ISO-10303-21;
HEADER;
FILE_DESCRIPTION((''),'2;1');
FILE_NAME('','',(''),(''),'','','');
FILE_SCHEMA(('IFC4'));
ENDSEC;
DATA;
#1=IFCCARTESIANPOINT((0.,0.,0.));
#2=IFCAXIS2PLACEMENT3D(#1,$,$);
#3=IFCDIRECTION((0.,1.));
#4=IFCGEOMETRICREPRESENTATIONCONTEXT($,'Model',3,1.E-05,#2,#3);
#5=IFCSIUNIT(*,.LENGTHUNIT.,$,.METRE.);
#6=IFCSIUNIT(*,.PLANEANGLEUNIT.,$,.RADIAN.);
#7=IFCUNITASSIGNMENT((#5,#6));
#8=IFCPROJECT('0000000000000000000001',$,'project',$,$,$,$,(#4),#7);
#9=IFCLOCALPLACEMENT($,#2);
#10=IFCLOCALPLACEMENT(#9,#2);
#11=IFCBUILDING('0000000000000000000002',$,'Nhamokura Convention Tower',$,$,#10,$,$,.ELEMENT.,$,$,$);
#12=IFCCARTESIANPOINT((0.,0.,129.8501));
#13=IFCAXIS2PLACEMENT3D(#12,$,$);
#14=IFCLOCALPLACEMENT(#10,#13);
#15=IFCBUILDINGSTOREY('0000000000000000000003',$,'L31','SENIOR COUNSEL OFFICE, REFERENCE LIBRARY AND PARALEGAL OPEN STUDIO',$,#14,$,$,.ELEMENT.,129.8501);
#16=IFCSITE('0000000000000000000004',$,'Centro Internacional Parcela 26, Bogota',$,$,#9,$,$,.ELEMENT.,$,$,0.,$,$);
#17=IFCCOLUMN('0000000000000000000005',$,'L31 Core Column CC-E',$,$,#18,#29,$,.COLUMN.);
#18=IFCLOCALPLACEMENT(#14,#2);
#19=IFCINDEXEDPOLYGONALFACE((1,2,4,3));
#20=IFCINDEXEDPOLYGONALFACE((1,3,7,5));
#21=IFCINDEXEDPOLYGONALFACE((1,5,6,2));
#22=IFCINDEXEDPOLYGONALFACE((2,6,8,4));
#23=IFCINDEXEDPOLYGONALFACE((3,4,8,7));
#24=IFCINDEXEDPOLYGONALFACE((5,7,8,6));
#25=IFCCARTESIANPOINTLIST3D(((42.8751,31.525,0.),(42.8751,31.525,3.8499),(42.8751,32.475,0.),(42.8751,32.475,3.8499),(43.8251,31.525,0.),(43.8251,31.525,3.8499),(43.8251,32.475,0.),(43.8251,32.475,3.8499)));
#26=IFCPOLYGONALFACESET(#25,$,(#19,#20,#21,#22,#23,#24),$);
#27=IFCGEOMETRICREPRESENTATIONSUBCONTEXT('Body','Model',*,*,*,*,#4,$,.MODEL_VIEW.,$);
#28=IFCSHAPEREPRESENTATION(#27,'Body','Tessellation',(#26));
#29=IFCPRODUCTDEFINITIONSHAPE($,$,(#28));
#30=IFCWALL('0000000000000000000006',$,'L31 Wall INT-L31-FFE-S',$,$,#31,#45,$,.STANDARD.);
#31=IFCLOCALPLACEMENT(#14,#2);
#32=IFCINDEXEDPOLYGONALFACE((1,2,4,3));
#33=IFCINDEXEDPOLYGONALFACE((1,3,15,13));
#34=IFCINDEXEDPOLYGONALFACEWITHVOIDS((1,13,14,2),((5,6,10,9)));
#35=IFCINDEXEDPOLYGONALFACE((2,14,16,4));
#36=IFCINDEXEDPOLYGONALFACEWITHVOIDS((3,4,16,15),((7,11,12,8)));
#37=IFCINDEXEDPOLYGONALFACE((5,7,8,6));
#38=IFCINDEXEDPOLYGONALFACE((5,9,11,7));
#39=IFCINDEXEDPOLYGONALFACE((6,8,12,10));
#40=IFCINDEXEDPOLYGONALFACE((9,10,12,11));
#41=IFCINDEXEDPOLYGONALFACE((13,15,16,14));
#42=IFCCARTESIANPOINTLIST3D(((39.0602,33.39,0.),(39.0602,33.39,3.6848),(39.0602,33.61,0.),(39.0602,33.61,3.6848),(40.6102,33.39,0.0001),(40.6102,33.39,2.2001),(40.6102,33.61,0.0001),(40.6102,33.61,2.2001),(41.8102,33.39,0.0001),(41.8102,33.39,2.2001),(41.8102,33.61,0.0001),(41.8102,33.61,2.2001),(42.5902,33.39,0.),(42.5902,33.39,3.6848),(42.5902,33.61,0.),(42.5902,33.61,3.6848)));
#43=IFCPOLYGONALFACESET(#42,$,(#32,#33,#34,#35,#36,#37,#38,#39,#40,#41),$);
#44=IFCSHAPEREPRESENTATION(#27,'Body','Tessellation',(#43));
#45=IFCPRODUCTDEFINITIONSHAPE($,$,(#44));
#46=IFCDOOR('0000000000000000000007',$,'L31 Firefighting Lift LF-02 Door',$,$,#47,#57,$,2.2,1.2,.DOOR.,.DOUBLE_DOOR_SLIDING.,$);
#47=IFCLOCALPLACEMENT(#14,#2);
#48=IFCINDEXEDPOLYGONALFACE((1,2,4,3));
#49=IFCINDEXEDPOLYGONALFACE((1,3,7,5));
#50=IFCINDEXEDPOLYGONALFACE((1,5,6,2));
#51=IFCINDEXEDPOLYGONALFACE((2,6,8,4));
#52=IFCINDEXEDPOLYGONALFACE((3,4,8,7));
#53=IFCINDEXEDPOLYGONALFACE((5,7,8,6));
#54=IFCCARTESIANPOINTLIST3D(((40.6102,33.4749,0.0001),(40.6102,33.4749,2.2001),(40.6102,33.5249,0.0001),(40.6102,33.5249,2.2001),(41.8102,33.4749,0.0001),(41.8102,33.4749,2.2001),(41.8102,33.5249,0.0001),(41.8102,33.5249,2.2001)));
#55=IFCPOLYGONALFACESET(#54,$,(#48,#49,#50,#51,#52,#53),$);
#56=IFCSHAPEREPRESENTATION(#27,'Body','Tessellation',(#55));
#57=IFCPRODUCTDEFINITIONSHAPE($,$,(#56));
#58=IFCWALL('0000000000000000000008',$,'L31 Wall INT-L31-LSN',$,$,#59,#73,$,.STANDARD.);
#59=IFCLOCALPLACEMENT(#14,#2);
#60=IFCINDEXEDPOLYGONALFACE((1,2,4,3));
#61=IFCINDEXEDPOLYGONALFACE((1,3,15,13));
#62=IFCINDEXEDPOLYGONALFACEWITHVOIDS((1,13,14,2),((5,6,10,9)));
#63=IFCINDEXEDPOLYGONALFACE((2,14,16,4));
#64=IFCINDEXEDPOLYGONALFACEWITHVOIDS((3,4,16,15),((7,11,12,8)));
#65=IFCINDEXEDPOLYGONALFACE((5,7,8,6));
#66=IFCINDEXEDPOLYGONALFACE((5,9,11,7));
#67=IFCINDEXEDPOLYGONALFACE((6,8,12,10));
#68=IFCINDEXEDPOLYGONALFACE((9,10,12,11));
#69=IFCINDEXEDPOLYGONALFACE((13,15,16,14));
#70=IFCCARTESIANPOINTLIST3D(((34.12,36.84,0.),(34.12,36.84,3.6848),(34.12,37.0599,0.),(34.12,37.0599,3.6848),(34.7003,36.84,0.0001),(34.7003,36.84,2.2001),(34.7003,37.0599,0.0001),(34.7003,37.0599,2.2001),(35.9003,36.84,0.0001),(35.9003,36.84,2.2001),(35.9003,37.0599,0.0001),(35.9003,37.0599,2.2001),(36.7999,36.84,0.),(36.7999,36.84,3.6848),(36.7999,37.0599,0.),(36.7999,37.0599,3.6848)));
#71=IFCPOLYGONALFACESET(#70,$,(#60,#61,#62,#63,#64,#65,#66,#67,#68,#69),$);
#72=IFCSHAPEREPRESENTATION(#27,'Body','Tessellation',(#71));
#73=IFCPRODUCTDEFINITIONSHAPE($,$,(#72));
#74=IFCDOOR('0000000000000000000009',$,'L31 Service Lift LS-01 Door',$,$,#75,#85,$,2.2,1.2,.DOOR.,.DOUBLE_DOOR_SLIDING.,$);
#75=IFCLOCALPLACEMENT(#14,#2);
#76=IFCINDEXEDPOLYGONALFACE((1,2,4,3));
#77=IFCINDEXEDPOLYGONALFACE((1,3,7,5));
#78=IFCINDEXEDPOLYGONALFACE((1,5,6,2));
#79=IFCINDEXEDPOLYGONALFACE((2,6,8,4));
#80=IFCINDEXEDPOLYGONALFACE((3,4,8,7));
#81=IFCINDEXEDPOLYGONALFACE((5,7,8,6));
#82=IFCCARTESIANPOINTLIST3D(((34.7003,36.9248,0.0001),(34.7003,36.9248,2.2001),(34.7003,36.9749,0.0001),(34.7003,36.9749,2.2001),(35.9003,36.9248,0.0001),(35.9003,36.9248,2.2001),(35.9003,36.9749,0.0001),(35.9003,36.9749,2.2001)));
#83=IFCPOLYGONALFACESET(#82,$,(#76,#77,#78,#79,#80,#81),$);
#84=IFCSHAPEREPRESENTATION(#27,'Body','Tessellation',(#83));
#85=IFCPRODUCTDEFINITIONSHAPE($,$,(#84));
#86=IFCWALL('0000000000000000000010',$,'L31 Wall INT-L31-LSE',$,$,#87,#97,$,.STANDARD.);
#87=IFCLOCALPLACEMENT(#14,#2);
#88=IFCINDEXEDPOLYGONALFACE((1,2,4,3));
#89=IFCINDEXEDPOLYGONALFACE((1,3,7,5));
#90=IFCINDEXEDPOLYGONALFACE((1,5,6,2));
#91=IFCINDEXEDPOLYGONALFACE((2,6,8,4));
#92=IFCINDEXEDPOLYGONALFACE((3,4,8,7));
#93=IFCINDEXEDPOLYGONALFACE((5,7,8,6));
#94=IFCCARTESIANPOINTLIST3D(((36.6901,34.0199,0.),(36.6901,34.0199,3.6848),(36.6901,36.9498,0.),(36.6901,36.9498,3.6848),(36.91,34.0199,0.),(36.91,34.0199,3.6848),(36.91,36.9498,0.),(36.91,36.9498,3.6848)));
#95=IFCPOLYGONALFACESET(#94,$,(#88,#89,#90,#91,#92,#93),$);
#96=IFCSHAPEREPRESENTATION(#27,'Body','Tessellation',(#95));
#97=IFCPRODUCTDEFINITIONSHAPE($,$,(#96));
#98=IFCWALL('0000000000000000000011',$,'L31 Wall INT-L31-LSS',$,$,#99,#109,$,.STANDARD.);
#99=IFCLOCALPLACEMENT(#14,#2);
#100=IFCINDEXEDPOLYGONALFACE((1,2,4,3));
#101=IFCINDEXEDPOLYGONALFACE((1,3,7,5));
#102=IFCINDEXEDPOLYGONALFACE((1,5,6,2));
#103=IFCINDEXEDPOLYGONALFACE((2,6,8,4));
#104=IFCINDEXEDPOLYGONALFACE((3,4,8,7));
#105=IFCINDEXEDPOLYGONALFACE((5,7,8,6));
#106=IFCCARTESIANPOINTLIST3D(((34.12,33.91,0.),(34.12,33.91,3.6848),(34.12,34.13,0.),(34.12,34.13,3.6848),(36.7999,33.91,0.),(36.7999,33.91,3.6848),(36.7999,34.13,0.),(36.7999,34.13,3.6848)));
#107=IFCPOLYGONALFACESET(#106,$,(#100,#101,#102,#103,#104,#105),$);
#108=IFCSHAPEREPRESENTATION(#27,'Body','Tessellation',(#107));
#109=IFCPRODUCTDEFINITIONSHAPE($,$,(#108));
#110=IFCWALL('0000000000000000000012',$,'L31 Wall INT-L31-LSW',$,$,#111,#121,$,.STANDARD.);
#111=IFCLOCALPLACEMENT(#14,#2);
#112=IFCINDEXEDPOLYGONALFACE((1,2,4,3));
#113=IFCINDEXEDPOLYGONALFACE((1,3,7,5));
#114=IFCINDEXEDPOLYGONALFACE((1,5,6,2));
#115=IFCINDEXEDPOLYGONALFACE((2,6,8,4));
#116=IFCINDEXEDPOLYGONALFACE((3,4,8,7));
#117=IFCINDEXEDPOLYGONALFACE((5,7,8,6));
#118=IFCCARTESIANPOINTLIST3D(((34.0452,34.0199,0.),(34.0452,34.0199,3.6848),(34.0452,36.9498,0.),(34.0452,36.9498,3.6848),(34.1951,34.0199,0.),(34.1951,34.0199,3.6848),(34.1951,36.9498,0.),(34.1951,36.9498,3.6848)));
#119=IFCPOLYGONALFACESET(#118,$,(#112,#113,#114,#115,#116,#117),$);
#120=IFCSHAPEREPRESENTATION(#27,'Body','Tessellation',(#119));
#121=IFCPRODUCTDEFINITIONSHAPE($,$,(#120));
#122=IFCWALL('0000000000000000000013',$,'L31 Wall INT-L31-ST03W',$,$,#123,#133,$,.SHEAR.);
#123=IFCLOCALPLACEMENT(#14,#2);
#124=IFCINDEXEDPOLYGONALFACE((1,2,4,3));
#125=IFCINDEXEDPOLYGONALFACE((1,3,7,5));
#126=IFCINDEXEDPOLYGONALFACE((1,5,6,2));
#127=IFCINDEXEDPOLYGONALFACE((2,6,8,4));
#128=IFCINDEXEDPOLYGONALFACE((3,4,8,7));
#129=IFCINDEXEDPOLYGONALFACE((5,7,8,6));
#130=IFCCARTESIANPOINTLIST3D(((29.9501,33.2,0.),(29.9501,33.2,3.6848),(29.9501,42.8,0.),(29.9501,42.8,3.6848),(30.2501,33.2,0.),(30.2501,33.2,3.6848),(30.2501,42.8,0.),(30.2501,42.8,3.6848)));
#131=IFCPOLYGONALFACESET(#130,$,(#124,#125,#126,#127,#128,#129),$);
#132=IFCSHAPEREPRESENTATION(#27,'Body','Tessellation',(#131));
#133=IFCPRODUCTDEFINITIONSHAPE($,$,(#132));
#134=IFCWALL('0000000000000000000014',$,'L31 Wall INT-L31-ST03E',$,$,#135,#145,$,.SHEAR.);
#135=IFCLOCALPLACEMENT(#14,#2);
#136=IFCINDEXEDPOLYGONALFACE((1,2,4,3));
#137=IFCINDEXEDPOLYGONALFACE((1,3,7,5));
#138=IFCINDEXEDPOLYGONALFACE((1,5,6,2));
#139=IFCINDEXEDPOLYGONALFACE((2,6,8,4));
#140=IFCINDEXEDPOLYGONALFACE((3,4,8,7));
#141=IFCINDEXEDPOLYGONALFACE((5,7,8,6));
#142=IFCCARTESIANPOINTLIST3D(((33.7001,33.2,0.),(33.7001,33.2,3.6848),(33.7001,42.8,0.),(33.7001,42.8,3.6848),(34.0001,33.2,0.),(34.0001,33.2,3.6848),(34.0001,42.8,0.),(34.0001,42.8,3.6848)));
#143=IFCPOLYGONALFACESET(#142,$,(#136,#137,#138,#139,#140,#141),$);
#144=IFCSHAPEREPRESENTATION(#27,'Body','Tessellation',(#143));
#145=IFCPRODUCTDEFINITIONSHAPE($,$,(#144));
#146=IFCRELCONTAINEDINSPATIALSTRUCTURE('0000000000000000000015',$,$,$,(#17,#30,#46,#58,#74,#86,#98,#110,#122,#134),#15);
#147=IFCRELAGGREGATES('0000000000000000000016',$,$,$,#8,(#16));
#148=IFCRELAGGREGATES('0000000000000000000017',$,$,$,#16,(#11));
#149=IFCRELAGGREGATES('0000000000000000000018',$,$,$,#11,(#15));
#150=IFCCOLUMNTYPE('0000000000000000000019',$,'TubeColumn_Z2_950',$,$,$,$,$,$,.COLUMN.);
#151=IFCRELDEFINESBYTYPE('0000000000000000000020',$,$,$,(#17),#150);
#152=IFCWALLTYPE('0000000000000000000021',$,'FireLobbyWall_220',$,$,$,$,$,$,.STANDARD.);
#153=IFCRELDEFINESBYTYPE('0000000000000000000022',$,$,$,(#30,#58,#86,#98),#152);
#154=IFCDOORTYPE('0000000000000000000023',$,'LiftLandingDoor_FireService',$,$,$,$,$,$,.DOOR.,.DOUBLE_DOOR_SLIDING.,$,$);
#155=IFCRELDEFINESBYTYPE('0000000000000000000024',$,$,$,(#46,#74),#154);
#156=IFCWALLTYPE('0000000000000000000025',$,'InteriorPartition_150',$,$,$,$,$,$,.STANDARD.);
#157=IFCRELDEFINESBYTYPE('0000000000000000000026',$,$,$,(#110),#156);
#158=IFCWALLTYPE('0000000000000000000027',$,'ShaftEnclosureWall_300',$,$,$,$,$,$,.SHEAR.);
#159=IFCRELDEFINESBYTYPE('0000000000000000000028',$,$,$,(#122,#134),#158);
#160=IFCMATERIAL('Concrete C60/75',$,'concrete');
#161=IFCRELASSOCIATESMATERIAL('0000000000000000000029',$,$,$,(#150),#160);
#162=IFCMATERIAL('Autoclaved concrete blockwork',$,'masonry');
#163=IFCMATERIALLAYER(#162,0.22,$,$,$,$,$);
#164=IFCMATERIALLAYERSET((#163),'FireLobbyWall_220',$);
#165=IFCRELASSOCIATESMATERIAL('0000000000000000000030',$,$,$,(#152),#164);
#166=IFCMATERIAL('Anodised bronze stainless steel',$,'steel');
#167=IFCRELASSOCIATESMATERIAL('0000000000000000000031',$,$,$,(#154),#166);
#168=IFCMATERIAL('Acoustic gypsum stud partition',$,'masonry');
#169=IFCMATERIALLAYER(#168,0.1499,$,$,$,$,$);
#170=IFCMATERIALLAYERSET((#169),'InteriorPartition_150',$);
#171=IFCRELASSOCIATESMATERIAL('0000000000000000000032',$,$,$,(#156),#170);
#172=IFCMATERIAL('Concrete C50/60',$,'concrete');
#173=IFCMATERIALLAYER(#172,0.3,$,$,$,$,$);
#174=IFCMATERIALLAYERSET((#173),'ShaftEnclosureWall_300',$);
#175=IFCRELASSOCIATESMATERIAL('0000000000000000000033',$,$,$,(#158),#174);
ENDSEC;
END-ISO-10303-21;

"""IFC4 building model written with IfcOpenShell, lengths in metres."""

from ifc_helpers import new_model, si_unit, direction, frame, frame_2d, origin, origin_2d, place, context, subcontext, project, spatial, rectangle, extrude, material, layer, layer_set, material_profile, profile_set, type_object, element, fill, save


model = new_model("IFC4")

# Units and contexts
model_context = context("Model", 3, precision=1e-05, world=origin(), true_north=direction((0.0, 1.0)))
body_context = subcontext(model_context, "Body", "Model", "MODEL_VIEW")
ifc_project = project(units=[si_unit("LENGTHUNIT", "METRE"), si_unit("PLANEANGLEUNIT", "RADIAN")], contexts=[model_context])

# Site, building, storey
site_placement = place(None, origin())
site = spatial("IfcSite", under=ifc_project, at=site_placement, Name="Centro Internacional Parcela 26, Bogota", CompositionType="ELEMENT", RefElevation=0.0)
building_placement = place(site_placement, origin())
building = spatial("IfcBuilding", under=site, at=building_placement, Name="Nhamokura Convention Tower", CompositionType="ELEMENT")
storey_placement = place(building_placement, frame((0.0, 0.0, 129.8501)))
storey = spatial("IfcBuildingStorey", under=building, at=storey_placement, Name="L31", Description="SENIOR COUNSEL OFFICE, REFERENCE LIBRARY AND PARALEGAL OPEN STUDIO", CompositionType="ELEMENT", Elevation=129.8501)

# Column
ifc_material_1 = material(Name="Concrete C60/75", Category="concrete")
ifc_material_profile = material_profile(ifc_material_1, rectangle(XDim=0.95, YDim=0.95, at=origin_2d()))
ifc_profile_set = profile_set([ifc_material_profile], Name="Concrete C60/75")
column_type = type_object("IfcColumnType", Name="TubeColumn_Z2_950", PredefinedType="COLUMN", material=ifc_profile_set)
column_placement = place(storey_placement, frame((43.3501, 32.0, 0.0), z_axis=(0.0, 0.0, 1.0), x_axis=(1.0, 0.0, 0.0)))
element("IfcColumn", 1, at=column_placement, inside=storey, type_object=column_type, Name="L31 Core Column CC-E", PredefinedType="COLUMN", context=body_context, shape_type="SweptSolid", body=[
    extrude(rectangle(XDim=0.95, YDim=0.95, at=origin_2d()), origin(), (0.0, 0.0, 1.0), 3.8499),
])

# Walls, openings, doors
ifc_material_2 = material(Name="Autoclaved concrete blockwork", Category="masonry")
ifc_layer_1 = layer(ifc_material_2, 0.22)
ifc_layer_set_1 = layer_set([ifc_layer_1], Name="FireLobbyWall_220")
wall_type_1 = type_object("IfcWallType", Name="FireLobbyWall_220", PredefinedType="STANDARD", material=ifc_layer_set_1)
wall_1_placement = place(storey_placement, frame((39.0601, 33.5, 0.0), z_axis=(0.0, 0.0, 1.0), x_axis=(1.0, 0.0, 0.0)))
wall_1 = element("IfcWall", 2, at=wall_1_placement, inside=storey, type_object=wall_type_1, Name="L31 Wall INT-L31-FFE-S", PredefinedType="STANDARD", context=body_context, shape_type="SweptSolid", body=[
    extrude(rectangle(XDim=3.53, YDim=0.22, at=frame_2d((1.7651, 0.0))), origin(), (0.0, 0.0, 1.0), 3.6848),
])
opening_1_placement = place(wall_1_placement, frame((1.55, 0.0, 0.0)))
opening_1 = element("IfcOpeningElement", 3, at=opening_1_placement, cuts=wall_1, PredefinedType="OPENING", context=body_context, shape_type="SweptSolid", body=[
    extrude(rectangle(XDim=1.2, YDim=2.2, at=frame_2d((0.6001, 1.1001))), frame((0.0, 0.1199, 0.0), z_axis=(0.0, -1.0, 0.0), x_axis=(1.0, 0.0, 0.0)), (0.0, 0.0, 1.0), 0.24),
])
ifc_material_3 = material(Name="Anodised bronze stainless steel", Category="steel")
door_type = type_object("IfcDoorType", Name="LiftLandingDoor_FireService", OperationType="DOUBLE_DOOR_SLIDING", PredefinedType="DOOR", material=ifc_material_3)
door_1_placement = place(opening_1_placement, origin())
door_1 = element("IfcDoor", 4, at=door_1_placement, inside=storey, type_object=door_type, Name="L31 Firefighting Lift LF-02 Door", OperationType="DOUBLE_DOOR_SLIDING", OverallHeight=2.2, OverallWidth=1.2, PredefinedType="DOOR", context=body_context, shape_type="SweptSolid", body=[
    extrude(rectangle(XDim=1.2, YDim=2.2, at=frame_2d((0.6001, 1.1001))), frame((0.0, 0.0249, 0.0), z_axis=(0.0, -1.0, 0.0), x_axis=(1.0, 0.0, 0.0)), (0.0, 0.0, 1.0), 0.05),
])
fill(opening_1, door_1)
wall_2_placement = place(storey_placement, frame((34.1201, 36.95, 0.0), z_axis=(0.0, 0.0, 1.0), x_axis=(1.0, 0.0, 0.0)))
wall_2 = element("IfcWall", 5, at=wall_2_placement, inside=storey, type_object=wall_type_1, Name="L31 Wall INT-L31-LSN", PredefinedType="STANDARD", context=body_context, shape_type="SweptSolid", body=[
    extrude(rectangle(XDim=2.6799, YDim=0.22, at=frame_2d((1.3398, 0.0))), origin(), (0.0, 0.0, 1.0), 3.6848),
])
opening_2_placement = place(wall_2_placement, frame((0.5801, 0.0, 0.0)))
opening_2 = element("IfcOpeningElement", 6, at=opening_2_placement, cuts=wall_2, PredefinedType="OPENING", context=body_context, shape_type="SweptSolid", body=[
    extrude(rectangle(XDim=1.2, YDim=2.2, at=frame_2d((0.6001, 1.1001))), frame((0.0, 0.1199, 0.0), z_axis=(0.0, -1.0, 0.0), x_axis=(1.0, 0.0, 0.0)), (0.0, 0.0, 1.0), 0.24),
])
door_2_placement = place(opening_2_placement, origin())
door_2 = element("IfcDoor", 7, at=door_2_placement, inside=storey, type_object=door_type, Name="L31 Service Lift LS-01 Door", OperationType="DOUBLE_DOOR_SLIDING", OverallHeight=2.2, OverallWidth=1.2, PredefinedType="DOOR", context=body_context, shape_type="SweptSolid", body=[
    extrude(rectangle(XDim=1.2, YDim=2.2, at=frame_2d((0.6001, 1.1001))), frame((0.0, 0.0249, 0.0), z_axis=(0.0, -1.0, 0.0), x_axis=(1.0, 0.0, 0.0)), (0.0, 0.0, 1.0), 0.05),
])
fill(opening_2, door_2)

# Walls
wall_3_placement = place(storey_placement, frame((36.8, 34.02, 0.0), z_axis=(0.0, 0.0, 1.0), x_axis=(0.0, 1.0, 0.0)))
element("IfcWall", 8, at=wall_3_placement, inside=storey, type_object=wall_type_1, Name="L31 Wall INT-L31-LSE", PredefinedType="STANDARD", context=body_context, shape_type="SweptSolid", body=[
    extrude(rectangle(XDim=2.9299, YDim=0.22, at=frame_2d((1.4648, 0.0))), origin(), (0.0, 0.0, 1.0), 3.6848),
])
wall_4_placement = place(storey_placement, frame((34.1201, 34.02, 0.0), z_axis=(0.0, 0.0, 1.0), x_axis=(1.0, 0.0, 0.0)))
element("IfcWall", 9, at=wall_4_placement, inside=storey, type_object=wall_type_1, Name="L31 Wall INT-L31-LSS", PredefinedType="STANDARD", context=body_context, shape_type="SweptSolid", body=[
    extrude(rectangle(XDim=2.6799, YDim=0.22, at=frame_2d((1.3398, 0.0))), origin(), (0.0, 0.0, 1.0), 3.6848),
])
ifc_material_4 = material(Name="Acoustic gypsum stud partition", Category="masonry")
ifc_layer_2 = layer(ifc_material_4, 0.1499)
ifc_layer_set_2 = layer_set([ifc_layer_2], Name="InteriorPartition_150")
wall_type_2 = type_object("IfcWallType", Name="InteriorPartition_150", PredefinedType="STANDARD", material=ifc_layer_set_2)
wall_5_placement = place(storey_placement, frame((34.1201, 34.02, 0.0), z_axis=(0.0, 0.0, 1.0), x_axis=(0.0, 1.0, 0.0)))
element("IfcWall", 10, at=wall_5_placement, inside=storey, type_object=wall_type_2, Name="L31 Wall INT-L31-LSW", PredefinedType="STANDARD", context=body_context, shape_type="SweptSolid", body=[
    extrude(rectangle(XDim=2.9299, YDim=0.1499, at=frame_2d((1.4648, 0.0))), origin(), (0.0, 0.0, 1.0), 3.6848),
])
ifc_material_5 = material(Name="Concrete C50/60", Category="concrete")
ifc_layer_3 = layer(ifc_material_5, 0.3)
ifc_layer_set_3 = layer_set([ifc_layer_3], Name="ShaftEnclosureWall_300")
wall_type_3 = type_object("IfcWallType", Name="ShaftEnclosureWall_300", PredefinedType="SHEAR", material=ifc_layer_set_3)
for number, where, z_axis, x_axis, name in (
    (11, (30.1001, 33.2, 0.0), (0.0, 0.0, 1.0), (0.0, 1.0, 0.0), "L31 Wall INT-L31-ST03W"),
    (12, (33.8501, 33.2, 0.0), (0.0, 0.0, 1.0), (0.0, 1.0, 0.0), "L31 Wall INT-L31-ST03E"),
):
    element("IfcWall", number, at=place(storey_placement, frame(where, z_axis=z_axis, x_axis=x_axis)), inside=storey, type_object=wall_type_3, Name=name, PredefinedType="SHEAR", context=body_context, shape_type="SweptSolid", body=[
        extrude(rectangle(XDim=9.6001, YDim=0.3, at=frame_2d((4.8, 0.0))), origin(), (0.0, 0.0, 1.0), 3.6848),
    ])

save(model, "model.ifc")
